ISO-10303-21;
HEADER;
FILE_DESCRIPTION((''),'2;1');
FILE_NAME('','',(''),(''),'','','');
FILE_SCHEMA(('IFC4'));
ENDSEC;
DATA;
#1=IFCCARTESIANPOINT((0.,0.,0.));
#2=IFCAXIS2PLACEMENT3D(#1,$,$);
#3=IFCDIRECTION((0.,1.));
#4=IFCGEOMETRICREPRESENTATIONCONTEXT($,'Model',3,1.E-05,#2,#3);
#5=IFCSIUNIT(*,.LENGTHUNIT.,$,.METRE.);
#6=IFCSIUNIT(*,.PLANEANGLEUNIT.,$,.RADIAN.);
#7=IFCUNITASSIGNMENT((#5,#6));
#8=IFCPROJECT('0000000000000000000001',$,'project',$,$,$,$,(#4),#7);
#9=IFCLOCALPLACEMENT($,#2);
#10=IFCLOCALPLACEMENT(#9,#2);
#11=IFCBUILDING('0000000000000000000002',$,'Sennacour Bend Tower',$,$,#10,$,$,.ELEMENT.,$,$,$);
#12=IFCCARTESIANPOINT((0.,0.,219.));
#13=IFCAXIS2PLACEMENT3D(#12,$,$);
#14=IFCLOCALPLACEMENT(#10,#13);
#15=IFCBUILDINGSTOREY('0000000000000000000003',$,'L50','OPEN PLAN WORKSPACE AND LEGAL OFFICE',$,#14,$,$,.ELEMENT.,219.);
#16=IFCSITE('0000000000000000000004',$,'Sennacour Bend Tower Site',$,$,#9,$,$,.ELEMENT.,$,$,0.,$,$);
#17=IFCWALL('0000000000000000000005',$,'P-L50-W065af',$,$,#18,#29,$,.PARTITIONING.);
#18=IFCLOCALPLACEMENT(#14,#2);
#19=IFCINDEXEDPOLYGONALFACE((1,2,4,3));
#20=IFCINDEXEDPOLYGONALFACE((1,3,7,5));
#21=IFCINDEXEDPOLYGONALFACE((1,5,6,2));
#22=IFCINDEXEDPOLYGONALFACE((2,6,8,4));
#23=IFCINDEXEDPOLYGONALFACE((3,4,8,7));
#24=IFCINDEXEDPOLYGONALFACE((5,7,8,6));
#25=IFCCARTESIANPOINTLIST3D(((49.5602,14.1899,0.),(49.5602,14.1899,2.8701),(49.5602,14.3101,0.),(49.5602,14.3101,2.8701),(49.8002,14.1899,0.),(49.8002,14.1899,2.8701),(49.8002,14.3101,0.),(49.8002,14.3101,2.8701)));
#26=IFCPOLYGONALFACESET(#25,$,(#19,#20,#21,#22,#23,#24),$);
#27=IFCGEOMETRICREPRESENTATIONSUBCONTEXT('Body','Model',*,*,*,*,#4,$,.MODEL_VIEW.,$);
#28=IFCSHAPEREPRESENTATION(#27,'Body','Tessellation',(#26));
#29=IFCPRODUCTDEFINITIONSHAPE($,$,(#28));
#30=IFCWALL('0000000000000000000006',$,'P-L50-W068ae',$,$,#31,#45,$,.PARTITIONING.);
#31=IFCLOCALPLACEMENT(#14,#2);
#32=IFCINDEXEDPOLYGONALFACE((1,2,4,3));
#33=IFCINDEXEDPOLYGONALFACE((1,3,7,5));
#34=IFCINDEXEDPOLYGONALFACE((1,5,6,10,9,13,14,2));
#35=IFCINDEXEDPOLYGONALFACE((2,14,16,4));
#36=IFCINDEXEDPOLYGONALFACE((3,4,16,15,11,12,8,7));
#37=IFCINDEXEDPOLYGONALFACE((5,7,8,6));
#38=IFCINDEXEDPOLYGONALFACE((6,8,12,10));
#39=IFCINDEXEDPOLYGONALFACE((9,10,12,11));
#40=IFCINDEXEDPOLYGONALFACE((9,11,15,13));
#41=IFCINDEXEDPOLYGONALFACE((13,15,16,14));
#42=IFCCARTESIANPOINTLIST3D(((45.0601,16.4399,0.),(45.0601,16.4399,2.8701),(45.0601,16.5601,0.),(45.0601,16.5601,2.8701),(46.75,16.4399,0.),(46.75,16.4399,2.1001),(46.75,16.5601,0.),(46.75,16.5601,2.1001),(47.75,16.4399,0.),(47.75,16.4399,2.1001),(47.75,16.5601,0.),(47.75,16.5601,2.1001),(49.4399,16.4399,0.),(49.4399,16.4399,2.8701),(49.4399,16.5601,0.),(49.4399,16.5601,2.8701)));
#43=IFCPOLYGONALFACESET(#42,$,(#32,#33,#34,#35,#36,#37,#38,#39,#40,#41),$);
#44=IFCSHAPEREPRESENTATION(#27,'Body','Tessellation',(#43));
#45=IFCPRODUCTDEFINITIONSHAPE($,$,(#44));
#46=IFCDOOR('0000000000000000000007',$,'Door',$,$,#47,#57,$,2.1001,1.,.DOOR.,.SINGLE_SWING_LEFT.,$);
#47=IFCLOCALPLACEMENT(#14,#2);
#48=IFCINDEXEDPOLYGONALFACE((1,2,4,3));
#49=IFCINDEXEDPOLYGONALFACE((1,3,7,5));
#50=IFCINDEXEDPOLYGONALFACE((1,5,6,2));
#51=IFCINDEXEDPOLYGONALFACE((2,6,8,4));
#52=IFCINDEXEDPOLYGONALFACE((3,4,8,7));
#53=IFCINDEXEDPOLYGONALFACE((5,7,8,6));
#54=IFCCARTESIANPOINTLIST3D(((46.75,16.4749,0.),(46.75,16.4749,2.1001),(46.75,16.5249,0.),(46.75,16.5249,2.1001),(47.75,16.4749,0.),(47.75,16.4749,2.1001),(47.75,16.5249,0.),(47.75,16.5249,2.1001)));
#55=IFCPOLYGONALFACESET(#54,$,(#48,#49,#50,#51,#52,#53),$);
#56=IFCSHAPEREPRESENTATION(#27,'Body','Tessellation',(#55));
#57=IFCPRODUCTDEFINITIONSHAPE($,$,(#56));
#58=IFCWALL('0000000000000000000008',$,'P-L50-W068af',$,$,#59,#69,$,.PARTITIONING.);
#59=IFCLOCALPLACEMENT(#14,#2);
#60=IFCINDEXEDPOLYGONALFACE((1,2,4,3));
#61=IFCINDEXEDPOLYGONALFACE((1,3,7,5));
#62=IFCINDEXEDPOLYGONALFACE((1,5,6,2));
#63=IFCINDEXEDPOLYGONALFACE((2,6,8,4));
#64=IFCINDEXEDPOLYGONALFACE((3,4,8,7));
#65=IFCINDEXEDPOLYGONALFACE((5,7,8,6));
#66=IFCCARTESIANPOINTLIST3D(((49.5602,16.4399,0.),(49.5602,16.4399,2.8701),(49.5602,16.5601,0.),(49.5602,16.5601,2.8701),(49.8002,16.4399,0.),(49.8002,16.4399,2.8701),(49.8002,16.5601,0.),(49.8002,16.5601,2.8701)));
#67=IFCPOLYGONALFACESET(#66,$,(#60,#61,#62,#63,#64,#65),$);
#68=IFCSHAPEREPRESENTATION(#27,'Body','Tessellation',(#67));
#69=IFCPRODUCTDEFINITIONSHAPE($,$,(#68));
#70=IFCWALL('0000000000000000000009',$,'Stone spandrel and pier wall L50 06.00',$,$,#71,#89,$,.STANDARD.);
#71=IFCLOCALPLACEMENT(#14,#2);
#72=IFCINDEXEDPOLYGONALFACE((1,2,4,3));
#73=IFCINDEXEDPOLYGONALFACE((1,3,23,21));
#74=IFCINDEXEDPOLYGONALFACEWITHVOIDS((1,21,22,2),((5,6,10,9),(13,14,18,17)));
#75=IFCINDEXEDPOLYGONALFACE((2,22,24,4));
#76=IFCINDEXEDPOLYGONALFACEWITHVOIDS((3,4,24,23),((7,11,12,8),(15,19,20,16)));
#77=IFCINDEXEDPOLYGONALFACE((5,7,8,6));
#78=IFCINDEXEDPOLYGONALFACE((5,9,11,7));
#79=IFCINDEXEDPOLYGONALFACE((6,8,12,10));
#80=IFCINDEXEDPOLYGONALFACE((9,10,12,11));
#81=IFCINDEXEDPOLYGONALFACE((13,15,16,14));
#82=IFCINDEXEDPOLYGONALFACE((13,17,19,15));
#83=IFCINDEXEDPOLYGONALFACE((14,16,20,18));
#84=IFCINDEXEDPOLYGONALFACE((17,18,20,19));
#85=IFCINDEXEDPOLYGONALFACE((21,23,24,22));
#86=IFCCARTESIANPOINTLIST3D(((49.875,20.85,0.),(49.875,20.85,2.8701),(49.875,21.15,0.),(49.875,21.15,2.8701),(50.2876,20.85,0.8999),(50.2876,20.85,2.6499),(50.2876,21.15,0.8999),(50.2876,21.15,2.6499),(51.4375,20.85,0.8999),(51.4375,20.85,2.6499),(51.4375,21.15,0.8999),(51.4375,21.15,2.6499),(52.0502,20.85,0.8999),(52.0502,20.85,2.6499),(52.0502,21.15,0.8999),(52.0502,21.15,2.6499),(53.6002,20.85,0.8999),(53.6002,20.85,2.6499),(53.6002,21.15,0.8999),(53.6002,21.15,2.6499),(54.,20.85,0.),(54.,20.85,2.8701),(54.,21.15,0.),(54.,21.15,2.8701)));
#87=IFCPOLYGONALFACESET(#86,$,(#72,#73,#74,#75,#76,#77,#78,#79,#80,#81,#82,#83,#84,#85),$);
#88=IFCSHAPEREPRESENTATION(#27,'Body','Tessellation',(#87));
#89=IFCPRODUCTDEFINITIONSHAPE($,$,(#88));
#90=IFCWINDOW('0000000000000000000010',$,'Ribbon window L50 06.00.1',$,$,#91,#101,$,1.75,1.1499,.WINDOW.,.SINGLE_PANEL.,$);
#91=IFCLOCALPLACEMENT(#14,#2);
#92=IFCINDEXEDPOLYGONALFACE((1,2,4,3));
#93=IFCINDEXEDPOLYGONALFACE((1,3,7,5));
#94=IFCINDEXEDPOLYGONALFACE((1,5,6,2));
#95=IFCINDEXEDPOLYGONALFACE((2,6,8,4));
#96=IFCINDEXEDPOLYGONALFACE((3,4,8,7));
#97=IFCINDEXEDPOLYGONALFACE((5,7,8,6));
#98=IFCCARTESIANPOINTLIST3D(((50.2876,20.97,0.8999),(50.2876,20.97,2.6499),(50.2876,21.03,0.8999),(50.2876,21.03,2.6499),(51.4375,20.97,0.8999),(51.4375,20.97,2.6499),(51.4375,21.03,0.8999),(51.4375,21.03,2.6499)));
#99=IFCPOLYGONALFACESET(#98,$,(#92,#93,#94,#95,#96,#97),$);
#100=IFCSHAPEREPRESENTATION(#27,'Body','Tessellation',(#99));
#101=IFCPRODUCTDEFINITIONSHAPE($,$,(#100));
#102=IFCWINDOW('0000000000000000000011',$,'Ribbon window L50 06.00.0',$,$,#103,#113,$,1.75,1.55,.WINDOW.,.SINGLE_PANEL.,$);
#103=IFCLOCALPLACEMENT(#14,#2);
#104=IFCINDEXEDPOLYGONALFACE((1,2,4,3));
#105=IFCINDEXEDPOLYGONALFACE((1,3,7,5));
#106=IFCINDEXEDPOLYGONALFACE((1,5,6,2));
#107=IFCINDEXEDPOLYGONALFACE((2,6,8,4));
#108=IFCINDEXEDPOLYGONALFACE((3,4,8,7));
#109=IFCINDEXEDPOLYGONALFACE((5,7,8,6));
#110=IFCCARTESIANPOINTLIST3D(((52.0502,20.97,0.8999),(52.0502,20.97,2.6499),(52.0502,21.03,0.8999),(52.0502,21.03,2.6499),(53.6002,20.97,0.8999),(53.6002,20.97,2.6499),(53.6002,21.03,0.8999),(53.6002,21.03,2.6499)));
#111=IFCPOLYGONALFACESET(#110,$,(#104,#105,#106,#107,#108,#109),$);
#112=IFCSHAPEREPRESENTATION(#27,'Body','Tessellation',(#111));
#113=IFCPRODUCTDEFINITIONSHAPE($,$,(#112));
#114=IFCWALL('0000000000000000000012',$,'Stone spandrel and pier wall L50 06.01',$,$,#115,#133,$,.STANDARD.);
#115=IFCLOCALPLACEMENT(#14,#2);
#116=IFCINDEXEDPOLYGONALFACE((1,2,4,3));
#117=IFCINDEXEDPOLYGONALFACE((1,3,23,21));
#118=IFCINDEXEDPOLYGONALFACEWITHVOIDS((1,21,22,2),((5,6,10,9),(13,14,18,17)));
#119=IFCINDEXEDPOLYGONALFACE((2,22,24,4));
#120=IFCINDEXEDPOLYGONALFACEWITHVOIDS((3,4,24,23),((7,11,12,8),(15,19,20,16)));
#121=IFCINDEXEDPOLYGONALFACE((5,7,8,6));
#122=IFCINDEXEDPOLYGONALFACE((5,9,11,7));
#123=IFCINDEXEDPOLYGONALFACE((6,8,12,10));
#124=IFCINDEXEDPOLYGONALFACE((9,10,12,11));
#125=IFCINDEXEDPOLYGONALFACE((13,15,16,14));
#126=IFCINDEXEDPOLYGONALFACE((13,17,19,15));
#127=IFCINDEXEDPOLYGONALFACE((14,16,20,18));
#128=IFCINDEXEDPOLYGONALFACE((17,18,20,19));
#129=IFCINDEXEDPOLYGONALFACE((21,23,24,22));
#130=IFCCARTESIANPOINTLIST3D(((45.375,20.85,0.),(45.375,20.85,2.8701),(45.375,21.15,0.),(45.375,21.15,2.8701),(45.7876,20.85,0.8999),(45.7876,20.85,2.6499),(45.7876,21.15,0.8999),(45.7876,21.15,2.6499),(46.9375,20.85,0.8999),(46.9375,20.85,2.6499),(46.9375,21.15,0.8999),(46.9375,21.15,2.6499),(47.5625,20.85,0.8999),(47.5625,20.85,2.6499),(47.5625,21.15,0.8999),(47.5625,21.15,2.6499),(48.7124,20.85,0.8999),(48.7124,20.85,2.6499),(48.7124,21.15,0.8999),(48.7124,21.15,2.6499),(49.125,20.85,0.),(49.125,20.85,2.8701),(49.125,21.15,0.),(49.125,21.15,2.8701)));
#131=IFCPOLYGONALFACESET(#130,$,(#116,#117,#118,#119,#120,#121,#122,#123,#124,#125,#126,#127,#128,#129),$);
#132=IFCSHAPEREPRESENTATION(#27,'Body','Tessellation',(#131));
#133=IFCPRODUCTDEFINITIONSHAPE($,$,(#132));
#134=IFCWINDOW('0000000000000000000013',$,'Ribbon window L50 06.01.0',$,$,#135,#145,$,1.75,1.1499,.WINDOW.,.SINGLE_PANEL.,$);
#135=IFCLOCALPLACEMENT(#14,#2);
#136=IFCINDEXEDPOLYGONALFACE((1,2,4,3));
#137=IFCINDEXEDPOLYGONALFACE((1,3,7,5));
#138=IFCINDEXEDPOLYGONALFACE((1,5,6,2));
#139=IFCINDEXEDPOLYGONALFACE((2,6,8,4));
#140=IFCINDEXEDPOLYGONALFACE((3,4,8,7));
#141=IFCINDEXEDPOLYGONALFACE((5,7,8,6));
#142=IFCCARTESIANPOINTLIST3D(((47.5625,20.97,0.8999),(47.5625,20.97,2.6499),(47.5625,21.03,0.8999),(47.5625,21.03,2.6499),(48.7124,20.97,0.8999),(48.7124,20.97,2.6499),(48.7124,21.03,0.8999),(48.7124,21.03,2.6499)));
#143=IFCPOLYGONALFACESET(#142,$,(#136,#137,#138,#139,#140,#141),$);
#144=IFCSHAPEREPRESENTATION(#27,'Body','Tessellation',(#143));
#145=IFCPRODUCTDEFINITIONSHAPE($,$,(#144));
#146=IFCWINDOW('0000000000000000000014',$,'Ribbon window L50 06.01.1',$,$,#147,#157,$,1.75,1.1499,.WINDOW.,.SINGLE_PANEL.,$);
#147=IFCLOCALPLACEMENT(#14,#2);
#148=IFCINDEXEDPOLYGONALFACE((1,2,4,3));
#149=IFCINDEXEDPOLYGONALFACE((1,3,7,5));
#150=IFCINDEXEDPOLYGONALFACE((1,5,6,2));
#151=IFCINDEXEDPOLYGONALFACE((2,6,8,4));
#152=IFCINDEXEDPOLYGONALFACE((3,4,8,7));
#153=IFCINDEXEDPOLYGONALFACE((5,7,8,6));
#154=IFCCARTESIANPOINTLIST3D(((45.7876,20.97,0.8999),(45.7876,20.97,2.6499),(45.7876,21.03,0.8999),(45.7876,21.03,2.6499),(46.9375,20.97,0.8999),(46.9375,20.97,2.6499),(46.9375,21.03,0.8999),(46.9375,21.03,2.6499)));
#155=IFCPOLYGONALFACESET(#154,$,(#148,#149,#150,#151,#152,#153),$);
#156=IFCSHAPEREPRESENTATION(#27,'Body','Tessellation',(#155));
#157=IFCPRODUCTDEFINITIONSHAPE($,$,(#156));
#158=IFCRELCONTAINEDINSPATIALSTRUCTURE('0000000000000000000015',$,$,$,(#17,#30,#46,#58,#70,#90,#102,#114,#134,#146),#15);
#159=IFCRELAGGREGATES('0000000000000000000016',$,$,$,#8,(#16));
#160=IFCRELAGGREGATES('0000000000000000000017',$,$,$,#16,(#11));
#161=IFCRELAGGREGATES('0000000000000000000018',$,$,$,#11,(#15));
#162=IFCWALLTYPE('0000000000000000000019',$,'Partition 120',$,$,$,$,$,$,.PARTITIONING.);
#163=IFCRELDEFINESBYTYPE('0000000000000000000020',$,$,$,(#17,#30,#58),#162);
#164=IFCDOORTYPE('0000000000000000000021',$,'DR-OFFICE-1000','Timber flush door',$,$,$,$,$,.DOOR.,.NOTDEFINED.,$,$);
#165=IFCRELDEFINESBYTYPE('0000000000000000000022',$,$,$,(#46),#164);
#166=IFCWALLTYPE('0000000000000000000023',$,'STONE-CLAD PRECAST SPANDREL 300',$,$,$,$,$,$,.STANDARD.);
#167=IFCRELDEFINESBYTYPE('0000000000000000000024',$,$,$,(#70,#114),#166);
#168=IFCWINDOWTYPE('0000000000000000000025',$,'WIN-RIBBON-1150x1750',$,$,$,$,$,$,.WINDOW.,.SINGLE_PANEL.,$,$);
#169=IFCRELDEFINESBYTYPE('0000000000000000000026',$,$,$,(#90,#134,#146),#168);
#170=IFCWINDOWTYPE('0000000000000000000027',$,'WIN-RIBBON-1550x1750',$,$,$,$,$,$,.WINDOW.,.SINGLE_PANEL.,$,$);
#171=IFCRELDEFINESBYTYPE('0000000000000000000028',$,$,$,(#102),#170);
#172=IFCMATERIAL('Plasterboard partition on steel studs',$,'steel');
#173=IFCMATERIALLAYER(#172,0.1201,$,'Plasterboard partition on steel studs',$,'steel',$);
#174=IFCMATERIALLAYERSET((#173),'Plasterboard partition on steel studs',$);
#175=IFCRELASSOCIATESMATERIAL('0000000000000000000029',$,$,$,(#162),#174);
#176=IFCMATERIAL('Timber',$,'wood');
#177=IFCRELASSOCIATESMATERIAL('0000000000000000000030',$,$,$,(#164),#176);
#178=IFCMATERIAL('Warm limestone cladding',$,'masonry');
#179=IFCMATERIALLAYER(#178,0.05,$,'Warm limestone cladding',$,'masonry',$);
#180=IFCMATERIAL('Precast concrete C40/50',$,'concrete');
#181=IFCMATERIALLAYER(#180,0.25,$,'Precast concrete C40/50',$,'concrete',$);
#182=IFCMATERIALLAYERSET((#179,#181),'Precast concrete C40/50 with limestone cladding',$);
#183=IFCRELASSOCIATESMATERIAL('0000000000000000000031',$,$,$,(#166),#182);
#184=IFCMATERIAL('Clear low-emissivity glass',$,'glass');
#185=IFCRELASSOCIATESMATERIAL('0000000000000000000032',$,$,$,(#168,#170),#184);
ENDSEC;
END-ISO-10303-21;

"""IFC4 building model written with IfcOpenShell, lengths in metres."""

from ifc_helpers import new_model, si_unit, direction, frame, frame_2d, origin, place, context, subcontext, project, spatial, rectangle, extrude, material, layer, layer_set, type_object, element, fill, save


model = new_model("IFC4")

# Units and contexts
model_context = context("Model", 3, precision=1e-05, world=origin(), true_north=direction((0.0, 1.0)))
body_context = subcontext(model_context, "Body", "Model", "MODEL_VIEW")
ifc_project = project(units=[si_unit("LENGTHUNIT", "METRE"), si_unit("PLANEANGLEUNIT", "RADIAN")], contexts=[model_context])

# Site, building, storey
site_placement = place(None, origin())
site = spatial("IfcSite", under=ifc_project, at=site_placement, Name="Sennacour Bend Tower Site", CompositionType="ELEMENT", RefElevation=0.0)
building_placement = place(site_placement, origin())
building = spatial("IfcBuilding", under=site, at=building_placement, Name="Sennacour Bend Tower", CompositionType="ELEMENT")
storey_placement = place(building_placement, frame((0.0, 0.0, 219.0)))
storey = spatial("IfcBuildingStorey", under=building, at=storey_placement, Name="L50", Description="OPEN PLAN WORKSPACE AND LEGAL OFFICE", CompositionType="ELEMENT", Elevation=219.0)

# Wall
ifc_material_1 = material(Name="Plasterboard partition on steel studs", Category="steel")
ifc_layer_1 = layer(ifc_material_1, 0.1201, Name="Plasterboard partition on steel studs", Category="steel")
ifc_layer_set_1 = layer_set([ifc_layer_1], Name="Plasterboard partition on steel studs")
wall_type_1 = type_object("IfcWallType", Name="Partition 120", PredefinedType="PARTITIONING", material=ifc_layer_set_1)
wall_1_placement = place(storey_placement, frame((49.5601, 14.25, 0.0), z_axis=(0.0, 0.0, 1.0), x_axis=(1.0, 0.0, 0.0)))
element("IfcWall", 1, at=wall_1_placement, inside=storey, type_object=wall_type_1, Name="P-L50-W065af", PredefinedType="PARTITIONING", context=body_context, shape_type="SweptSolid", body=[
    extrude(rectangle(XDim=0.24, YDim=0.1201, at=frame_2d((0.1201, 0.0))), origin(), (0.0, 0.0, 1.0), 2.8701),
])

# Wall, opening, door
wall_2_placement = place(storey_placement, frame((45.0601, 16.5, 0.0), z_axis=(0.0, 0.0, 1.0), x_axis=(1.0, 0.0, 0.0)))
wall_2 = element("IfcWall", 2, at=wall_2_placement, inside=storey, type_object=wall_type_1, Name="P-L50-W068ae", PredefinedType="PARTITIONING", context=body_context, shape_type="SweptSolid", body=[
    extrude(rectangle(XDim=4.3799, YDim=0.1201, at=frame_2d((2.1899, 0.0))), origin(), (0.0, 0.0, 1.0), 2.8701),
])
opening_1_placement = place(wall_2_placement, frame((1.6899, 0.0, 0.0)))
opening_1 = element("IfcOpeningElement", 3, at=opening_1_placement, cuts=wall_2, PredefinedType="OPENING", context=body_context, shape_type="SweptSolid", body=[
    extrude(rectangle(XDim=1.0, YDim=2.1001, at=frame_2d((0.5, 1.05))), frame((0.0, 0.0701, 0.0), z_axis=(0.0, -1.0, 0.0), x_axis=(1.0, 0.0, 0.0)), (0.0, 0.0, 1.0), 0.1401),
])
ifc_material_2 = material(Name="Timber", Category="wood")
door_type_1 = type_object("IfcDoorType", Name="DR-OFFICE-1000", Description="Timber flush door", OperationType="NOTDEFINED", PredefinedType="DOOR", material=ifc_material_2)
door_1_placement = place(opening_1_placement, origin())
door_1 = element("IfcDoor", 4, at=door_1_placement, inside=storey, type_object=door_type_1, Name="Door", OperationType="SINGLE_SWING_LEFT", OverallHeight=2.1001, OverallWidth=1.0, PredefinedType="DOOR", context=body_context, shape_type="SweptSolid", body=[
    extrude(rectangle(XDim=1.0, YDim=2.1001, at=frame_2d((0.5, 1.05))), frame((0.0, 0.0249, 0.0), z_axis=(0.0, -1.0, 0.0), x_axis=(1.0, 0.0, 0.0)), (0.0, 0.0, 1.0), 0.05),
])
fill(opening_1, door_1)

# Wall
wall_3_placement = place(storey_placement, frame((49.5601, 16.5, 0.0), z_axis=(0.0, 0.0, 1.0), x_axis=(1.0, 0.0, 0.0)))
element("IfcWall", 5, at=wall_3_placement, inside=storey, type_object=wall_type_1, Name="P-L50-W068af", PredefinedType="PARTITIONING", context=body_context, shape_type="SweptSolid", body=[
    extrude(rectangle(XDim=0.24, YDim=0.1201, at=frame_2d((0.1201, 0.0))), origin(), (0.0, 0.0, 1.0), 2.8701),
])

# Walls, openings, windows
ifc_material_3 = material(Name="Warm limestone cladding", Category="masonry")
ifc_layer_2 = layer(ifc_material_3, 0.05, Name="Warm limestone cladding", Category="masonry")
ifc_material_4 = material(Name="Precast concrete C40/50", Category="concrete")
ifc_layer_3 = layer(ifc_material_4, 0.25, Name="Precast concrete C40/50", Category="concrete")
ifc_layer_set_2 = layer_set([ifc_layer_2, ifc_layer_3], Name="Precast concrete C40/50 with limestone cladding")
wall_type_2 = type_object("IfcWallType", Name="STONE-CLAD PRECAST SPANDREL 300", PredefinedType="STANDARD", material=ifc_layer_set_2)
wall_4_placement = place(storey_placement, frame((54.0, 21.0, 0.0), z_axis=(0.0, 0.0, 1.0), x_axis=(-1.0, 0.0, 0.0)))
wall_4 = element("IfcWall", 6, at=wall_4_placement, inside=storey, type_object=wall_type_2, Name="Stone spandrel and pier wall L50 06.00", PredefinedType="STANDARD", context=body_context, shape_type="SweptSolid", body=[
    extrude(rectangle(XDim=4.125, YDim=0.3, at=frame_2d((2.0625, 0.0))), origin(), (0.0, 0.0, 1.0), 2.8701),
])
opening_2_placement = place(wall_4_placement, frame((0.3999, 0.0, 0.8999)))
opening_2 = element("IfcOpeningElement", 7, at=opening_2_placement, cuts=wall_4, PredefinedType="OPENING", context=body_context, shape_type="SweptSolid", body=[
    extrude(rectangle(XDim=1.55, YDim=1.75, at=frame_2d((0.7749, 0.875))), frame((0.0, 0.1602, 0.0), z_axis=(0.0, -1.0, 0.0), x_axis=(1.0, 0.0, 0.0)), (0.0, 0.0, 1.0), 0.3201),
])
opening_3_placement = place(wall_4_placement, frame((2.5625, 0.0, 0.8999)))
opening_3 = element("IfcOpeningElement", 8, at=opening_3_placement, cuts=wall_4, PredefinedType="OPENING", context=body_context, shape_type="SweptSolid", body=[
    extrude(rectangle(XDim=1.1499, YDim=1.75, at=frame_2d((0.575, 0.875))), frame((0.0, 0.1602, 0.0), z_axis=(0.0, -1.0, 0.0), x_axis=(1.0, 0.0, 0.0)), (0.0, 0.0, 1.0), 0.3201),
])
ifc_material_5 = material(Name="Clear low-emissivity glass", Category="glass")
window_type_1 = type_object("IfcWindowType", Name="WIN-RIBBON-1150x1750", PartitioningType="SINGLE_PANEL", PredefinedType="WINDOW", material=ifc_material_5)
window_1_placement = place(opening_3_placement, origin())
window_1 = element("IfcWindow", 9, at=window_1_placement, inside=storey, type_object=window_type_1, Name="Ribbon window L50 06.00.1", OverallHeight=1.75, OverallWidth=1.1499, PartitioningType="SINGLE_PANEL", PredefinedType="WINDOW", context=body_context, shape_type="SweptSolid", body=[
    extrude(rectangle(XDim=1.1499, YDim=1.75, at=frame_2d((0.575, 0.875))), frame((0.0, 0.03, 0.0), z_axis=(0.0, -1.0, 0.0), x_axis=(1.0, 0.0, 0.0)), (0.0, 0.0, 1.0), 0.0601),
])
fill(opening_3, window_1)
window_type_2 = type_object("IfcWindowType", Name="WIN-RIBBON-1550x1750", PartitioningType="SINGLE_PANEL", PredefinedType="WINDOW", material=ifc_material_5)
window_2_placement = place(opening_2_placement, origin())
window_2 = element("IfcWindow", 10, at=window_2_placement, inside=storey, type_object=window_type_2, Name="Ribbon window L50 06.00.0", OverallHeight=1.75, OverallWidth=1.55, PartitioningType="SINGLE_PANEL", PredefinedType="WINDOW", context=body_context, shape_type="SweptSolid", body=[
    extrude(rectangle(XDim=1.55, YDim=1.75, at=frame_2d((0.7749, 0.875))), frame((0.0, 0.03, 0.0), z_axis=(0.0, -1.0, 0.0), x_axis=(1.0, 0.0, 0.0)), (0.0, 0.0, 1.0), 0.0601),
])
fill(opening_2, window_2)
wall_5_placement = place(storey_placement, frame((49.125, 21.0, 0.0), z_axis=(0.0, 0.0, 1.0), x_axis=(-1.0, 0.0, 0.0)))
wall_5 = element("IfcWall", 11, at=wall_5_placement, inside=storey, type_object=wall_type_2, Name="Stone spandrel and pier wall L50 06.01", PredefinedType="STANDARD", context=body_context, shape_type="SweptSolid", body=[
    extrude(rectangle(XDim=3.75, YDim=0.3, at=frame_2d((1.875, 0.0))), origin(), (0.0, 0.0, 1.0), 2.8701),
])
opening_4_placement = place(wall_5_placement, frame((0.4126, 0.0, 0.8999)))
opening_4 = element("IfcOpeningElement", 12, at=opening_4_placement, cuts=wall_5, PredefinedType="OPENING", context=body_context, shape_type="SweptSolid", body=[
    extrude(rectangle(XDim=1.1499, YDim=1.75, at=frame_2d((0.575, 0.875))), frame((0.0, 0.1602, 0.0), z_axis=(0.0, -1.0, 0.0), x_axis=(1.0, 0.0, 0.0)), (0.0, 0.0, 1.0), 0.3201),
])
opening_5_placement = place(wall_5_placement, frame((2.1875, 0.0, 0.8999)))
opening_5 = element("IfcOpeningElement", 13, at=opening_5_placement, cuts=wall_5, PredefinedType="OPENING", context=body_context, shape_type="SweptSolid", body=[
    extrude(rectangle(XDim=1.1499, YDim=1.75, at=frame_2d((0.575, 0.875))), frame((0.0, 0.1602, 0.0), z_axis=(0.0, -1.0, 0.0), x_axis=(1.0, 0.0, 0.0)), (0.0, 0.0, 1.0), 0.3201),
])
window_3_placement = place(opening_4_placement, origin())
window_3 = element("IfcWindow", 14, at=window_3_placement, inside=storey, type_object=window_type_1, Name="Ribbon window L50 06.01.0", OverallHeight=1.75, OverallWidth=1.1499, PartitioningType="SINGLE_PANEL", PredefinedType="WINDOW", context=body_context, shape_type="SweptSolid", body=[
    extrude(rectangle(XDim=1.1499, YDim=1.75, at=frame_2d((0.575, 0.875))), frame((0.0, 0.03, 0.0), z_axis=(0.0, -1.0, 0.0), x_axis=(1.0, 0.0, 0.0)), (0.0, 0.0, 1.0), 0.0601),
])
fill(opening_4, window_3)
window_4_placement = place(opening_5_placement, origin())
window_4 = element("IfcWindow", 15, at=window_4_placement, inside=storey, type_object=window_type_1, Name="Ribbon window L50 06.01.1", OverallHeight=1.75, OverallWidth=1.1499, PartitioningType="SINGLE_PANEL", PredefinedType="WINDOW", context=body_context, shape_type="SweptSolid", body=[
    extrude(rectangle(XDim=1.1499, YDim=1.75, at=frame_2d((0.575, 0.875))), frame((0.0, 0.03, 0.0), z_axis=(0.0, -1.0, 0.0), x_axis=(1.0, 0.0, 0.0)), (0.0, 0.0, 1.0), 0.0601),
])
fill(opening_5, window_4)

save(model, "model.ifc")
